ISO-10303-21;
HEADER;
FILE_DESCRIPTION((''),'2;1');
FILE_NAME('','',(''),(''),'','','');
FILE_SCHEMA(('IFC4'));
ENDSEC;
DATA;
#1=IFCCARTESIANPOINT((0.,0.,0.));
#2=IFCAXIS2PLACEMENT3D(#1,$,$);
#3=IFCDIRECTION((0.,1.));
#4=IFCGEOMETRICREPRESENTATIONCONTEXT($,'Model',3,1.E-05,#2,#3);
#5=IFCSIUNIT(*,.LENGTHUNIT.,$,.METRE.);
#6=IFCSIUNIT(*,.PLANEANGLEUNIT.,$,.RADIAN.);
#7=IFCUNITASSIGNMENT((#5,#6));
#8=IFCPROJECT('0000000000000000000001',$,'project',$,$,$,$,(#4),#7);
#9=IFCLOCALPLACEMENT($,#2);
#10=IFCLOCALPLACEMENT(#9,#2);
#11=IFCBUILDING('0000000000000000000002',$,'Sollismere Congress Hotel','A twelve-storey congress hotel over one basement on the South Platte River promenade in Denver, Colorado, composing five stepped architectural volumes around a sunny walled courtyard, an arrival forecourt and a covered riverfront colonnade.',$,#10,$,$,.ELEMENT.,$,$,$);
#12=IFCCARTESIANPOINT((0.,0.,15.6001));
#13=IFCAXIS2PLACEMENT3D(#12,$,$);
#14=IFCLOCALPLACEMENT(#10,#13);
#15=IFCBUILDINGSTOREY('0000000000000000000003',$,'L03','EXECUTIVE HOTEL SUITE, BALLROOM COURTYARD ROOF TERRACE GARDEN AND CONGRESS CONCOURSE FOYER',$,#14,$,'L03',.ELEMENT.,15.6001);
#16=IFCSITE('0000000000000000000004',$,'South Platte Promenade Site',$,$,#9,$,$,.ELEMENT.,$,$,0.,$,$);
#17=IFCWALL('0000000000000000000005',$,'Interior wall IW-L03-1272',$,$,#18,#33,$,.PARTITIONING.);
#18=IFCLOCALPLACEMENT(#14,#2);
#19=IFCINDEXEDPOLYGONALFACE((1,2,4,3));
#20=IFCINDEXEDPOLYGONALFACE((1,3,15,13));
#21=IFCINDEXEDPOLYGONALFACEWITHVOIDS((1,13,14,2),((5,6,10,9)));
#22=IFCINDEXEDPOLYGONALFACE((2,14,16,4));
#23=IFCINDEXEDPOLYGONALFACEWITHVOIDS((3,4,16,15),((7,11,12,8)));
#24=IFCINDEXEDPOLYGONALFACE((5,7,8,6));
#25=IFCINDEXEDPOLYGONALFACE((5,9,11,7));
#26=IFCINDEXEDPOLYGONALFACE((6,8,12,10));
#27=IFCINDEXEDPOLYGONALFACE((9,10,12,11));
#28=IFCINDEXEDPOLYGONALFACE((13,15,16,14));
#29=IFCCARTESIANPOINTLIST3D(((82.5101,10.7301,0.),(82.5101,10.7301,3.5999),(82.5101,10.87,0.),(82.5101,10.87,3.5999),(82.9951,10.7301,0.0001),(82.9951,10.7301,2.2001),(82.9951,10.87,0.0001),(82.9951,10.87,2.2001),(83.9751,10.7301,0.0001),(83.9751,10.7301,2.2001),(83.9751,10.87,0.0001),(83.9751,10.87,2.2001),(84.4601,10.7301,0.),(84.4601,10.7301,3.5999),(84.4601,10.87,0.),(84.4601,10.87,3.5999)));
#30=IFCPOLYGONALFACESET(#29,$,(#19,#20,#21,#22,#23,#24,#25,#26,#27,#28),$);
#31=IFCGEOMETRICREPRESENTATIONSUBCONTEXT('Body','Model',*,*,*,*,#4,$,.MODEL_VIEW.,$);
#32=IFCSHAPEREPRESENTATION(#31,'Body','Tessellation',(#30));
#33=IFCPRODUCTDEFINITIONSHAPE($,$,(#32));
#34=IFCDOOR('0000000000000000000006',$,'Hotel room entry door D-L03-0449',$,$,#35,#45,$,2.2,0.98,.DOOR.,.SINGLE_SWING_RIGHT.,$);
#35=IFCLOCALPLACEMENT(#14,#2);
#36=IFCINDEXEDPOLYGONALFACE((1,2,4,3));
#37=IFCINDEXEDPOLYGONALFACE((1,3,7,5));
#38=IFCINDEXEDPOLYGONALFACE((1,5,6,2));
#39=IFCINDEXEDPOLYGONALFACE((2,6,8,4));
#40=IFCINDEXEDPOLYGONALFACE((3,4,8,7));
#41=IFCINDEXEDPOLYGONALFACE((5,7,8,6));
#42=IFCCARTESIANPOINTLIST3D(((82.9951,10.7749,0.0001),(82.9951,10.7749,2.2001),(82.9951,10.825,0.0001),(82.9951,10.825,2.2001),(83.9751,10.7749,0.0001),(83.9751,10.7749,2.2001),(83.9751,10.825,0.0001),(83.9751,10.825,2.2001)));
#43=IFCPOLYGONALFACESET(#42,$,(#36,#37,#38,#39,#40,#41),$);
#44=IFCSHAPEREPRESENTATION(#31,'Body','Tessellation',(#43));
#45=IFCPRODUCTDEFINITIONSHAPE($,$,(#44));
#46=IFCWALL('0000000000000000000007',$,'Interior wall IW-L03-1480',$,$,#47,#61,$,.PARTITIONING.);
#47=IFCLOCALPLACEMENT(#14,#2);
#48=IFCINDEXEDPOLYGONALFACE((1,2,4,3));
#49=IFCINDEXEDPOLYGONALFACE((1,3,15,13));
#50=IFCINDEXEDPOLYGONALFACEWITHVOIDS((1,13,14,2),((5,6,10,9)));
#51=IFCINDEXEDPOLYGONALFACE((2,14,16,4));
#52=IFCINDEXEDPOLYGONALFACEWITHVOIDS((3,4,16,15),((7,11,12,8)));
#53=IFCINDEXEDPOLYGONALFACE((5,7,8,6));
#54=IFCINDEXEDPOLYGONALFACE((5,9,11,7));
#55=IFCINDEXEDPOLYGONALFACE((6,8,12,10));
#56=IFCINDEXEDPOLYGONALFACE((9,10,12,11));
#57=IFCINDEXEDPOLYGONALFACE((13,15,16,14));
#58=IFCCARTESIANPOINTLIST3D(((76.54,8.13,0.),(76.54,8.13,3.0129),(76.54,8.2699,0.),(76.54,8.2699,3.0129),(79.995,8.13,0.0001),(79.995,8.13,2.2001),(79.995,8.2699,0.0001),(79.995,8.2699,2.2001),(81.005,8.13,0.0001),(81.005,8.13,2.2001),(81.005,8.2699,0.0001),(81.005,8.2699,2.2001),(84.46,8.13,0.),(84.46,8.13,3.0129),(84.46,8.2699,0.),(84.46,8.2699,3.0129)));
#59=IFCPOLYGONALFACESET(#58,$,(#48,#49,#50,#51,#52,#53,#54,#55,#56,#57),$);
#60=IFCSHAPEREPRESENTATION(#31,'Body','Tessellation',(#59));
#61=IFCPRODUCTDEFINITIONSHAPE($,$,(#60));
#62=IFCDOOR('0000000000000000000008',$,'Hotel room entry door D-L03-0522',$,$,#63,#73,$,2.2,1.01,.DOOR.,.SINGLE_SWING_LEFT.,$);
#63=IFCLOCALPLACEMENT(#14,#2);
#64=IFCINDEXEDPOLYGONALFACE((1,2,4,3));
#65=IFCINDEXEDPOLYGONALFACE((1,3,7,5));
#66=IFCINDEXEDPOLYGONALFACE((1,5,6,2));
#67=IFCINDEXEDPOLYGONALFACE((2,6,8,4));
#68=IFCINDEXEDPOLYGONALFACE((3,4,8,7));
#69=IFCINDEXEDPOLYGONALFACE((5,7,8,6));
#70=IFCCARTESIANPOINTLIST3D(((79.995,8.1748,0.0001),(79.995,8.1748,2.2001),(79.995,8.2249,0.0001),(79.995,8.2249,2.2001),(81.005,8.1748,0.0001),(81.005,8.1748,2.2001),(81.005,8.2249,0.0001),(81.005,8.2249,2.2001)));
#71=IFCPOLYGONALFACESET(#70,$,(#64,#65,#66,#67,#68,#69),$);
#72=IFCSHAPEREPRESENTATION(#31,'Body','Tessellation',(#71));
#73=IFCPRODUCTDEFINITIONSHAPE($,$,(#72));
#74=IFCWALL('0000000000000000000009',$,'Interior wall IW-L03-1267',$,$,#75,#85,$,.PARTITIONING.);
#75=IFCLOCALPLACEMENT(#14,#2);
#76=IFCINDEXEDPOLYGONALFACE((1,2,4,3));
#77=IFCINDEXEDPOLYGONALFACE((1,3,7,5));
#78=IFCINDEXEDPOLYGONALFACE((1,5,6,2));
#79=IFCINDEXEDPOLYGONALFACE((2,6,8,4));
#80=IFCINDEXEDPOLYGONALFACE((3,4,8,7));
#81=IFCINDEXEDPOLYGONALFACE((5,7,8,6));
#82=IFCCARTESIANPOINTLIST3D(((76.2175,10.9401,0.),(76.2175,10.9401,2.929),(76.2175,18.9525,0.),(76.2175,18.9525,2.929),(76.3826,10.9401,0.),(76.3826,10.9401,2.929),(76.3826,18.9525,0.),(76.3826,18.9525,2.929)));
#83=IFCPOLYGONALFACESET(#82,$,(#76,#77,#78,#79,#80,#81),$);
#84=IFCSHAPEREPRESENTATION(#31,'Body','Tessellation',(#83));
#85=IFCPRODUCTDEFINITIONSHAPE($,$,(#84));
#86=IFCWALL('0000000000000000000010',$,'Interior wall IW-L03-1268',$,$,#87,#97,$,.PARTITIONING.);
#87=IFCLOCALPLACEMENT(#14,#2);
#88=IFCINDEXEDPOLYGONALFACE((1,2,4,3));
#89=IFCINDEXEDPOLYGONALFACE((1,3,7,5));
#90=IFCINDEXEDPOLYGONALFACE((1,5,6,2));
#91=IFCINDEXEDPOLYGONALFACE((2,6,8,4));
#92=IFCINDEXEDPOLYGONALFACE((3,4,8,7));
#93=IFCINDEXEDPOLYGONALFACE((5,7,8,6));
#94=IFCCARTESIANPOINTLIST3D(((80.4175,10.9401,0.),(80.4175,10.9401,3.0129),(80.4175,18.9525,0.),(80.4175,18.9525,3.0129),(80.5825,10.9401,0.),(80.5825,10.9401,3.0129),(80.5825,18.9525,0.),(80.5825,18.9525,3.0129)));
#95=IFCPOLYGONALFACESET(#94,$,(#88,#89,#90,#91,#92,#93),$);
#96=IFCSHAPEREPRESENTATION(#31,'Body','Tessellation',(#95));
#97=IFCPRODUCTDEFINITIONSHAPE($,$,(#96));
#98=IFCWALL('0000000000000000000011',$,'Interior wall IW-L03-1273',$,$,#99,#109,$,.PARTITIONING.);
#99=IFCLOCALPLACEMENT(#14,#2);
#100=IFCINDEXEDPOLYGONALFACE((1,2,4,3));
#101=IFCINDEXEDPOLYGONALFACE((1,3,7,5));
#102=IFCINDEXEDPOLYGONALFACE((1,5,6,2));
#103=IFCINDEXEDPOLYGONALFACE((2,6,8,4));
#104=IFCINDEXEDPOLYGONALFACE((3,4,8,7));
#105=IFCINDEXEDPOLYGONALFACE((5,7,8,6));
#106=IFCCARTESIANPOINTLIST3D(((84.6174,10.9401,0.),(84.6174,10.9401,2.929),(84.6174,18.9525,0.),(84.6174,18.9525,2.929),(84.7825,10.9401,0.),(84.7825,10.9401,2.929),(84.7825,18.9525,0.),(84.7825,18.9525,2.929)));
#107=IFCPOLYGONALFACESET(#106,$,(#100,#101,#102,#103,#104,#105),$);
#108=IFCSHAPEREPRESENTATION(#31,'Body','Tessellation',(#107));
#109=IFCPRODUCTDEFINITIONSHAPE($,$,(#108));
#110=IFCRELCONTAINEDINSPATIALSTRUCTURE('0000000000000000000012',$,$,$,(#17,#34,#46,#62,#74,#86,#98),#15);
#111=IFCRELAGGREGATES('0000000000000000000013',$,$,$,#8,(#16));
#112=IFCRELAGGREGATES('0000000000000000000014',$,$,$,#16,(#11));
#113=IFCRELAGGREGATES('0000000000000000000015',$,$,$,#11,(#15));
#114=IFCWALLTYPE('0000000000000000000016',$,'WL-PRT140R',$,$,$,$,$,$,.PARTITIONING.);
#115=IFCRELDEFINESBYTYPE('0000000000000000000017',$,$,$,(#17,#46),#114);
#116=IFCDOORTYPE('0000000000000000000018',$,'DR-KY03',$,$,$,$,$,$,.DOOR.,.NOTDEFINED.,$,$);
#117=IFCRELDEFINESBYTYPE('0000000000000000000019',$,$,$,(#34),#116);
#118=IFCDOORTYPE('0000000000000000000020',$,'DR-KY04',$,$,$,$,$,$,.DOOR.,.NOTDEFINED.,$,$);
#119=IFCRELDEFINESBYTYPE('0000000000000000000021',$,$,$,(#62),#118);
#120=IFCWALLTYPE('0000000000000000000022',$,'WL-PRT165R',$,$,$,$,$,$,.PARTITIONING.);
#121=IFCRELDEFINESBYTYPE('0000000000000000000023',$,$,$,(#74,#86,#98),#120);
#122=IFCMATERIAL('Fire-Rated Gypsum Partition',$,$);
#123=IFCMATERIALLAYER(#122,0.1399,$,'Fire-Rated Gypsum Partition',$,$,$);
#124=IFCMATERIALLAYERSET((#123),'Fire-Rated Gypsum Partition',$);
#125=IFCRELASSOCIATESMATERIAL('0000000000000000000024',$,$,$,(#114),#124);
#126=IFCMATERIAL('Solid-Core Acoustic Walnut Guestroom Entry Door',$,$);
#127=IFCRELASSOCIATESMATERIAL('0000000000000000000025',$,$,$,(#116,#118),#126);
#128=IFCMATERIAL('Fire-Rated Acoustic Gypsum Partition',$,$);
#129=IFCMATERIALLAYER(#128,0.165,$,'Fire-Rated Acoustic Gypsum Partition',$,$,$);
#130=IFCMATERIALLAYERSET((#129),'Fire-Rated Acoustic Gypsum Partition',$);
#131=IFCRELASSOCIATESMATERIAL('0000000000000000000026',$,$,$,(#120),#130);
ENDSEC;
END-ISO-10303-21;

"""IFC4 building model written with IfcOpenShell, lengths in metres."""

from ifc_helpers import new_model, si_unit, direction, frame, frame_2d, origin, place, context, subcontext, project, spatial, rectangle, extrude, material, layer, layer_set, type_object, element, fill, save


model = new_model("IFC4")

# Units and contexts
model_context = context("Model", 3, precision=1e-05, world=origin(), true_north=direction((0.0, 1.0)))
body_context = subcontext(model_context, "Body", "Model", "MODEL_VIEW")
ifc_project = project(units=[si_unit("LENGTHUNIT", "METRE"), si_unit("PLANEANGLEUNIT", "RADIAN")], contexts=[model_context])

# Site, building, storey
site_placement = place(None, origin())
site = spatial("IfcSite", under=ifc_project, at=site_placement, Name="South Platte Promenade Site", CompositionType="ELEMENT", RefElevation=0.0)
building_placement = place(site_placement, origin())
building = spatial("IfcBuilding", under=site, at=building_placement, Name="Sollismere Congress Hotel", Description="A twelve-storey congress hotel over one basement on the South Platte River promenade in Denver, Colorado, composing five stepped architectural volumes around a sunny walled courtyard, an arrival forecourt and a covered riverfront colonnade.", CompositionType="ELEMENT")
storey_placement = place(building_placement, frame((0.0, 0.0, 15.6001)))
storey = spatial("IfcBuildingStorey", under=building, at=storey_placement, Name="L03", Description="EXECUTIVE HOTEL SUITE, BALLROOM COURTYARD ROOF TERRACE GARDEN AND CONGRESS CONCOURSE FOYER", LongName="L03", CompositionType="ELEMENT", Elevation=15.6001)

# Shared definitions
ifc_material_1 = material(Name="Fire-Rated Gypsum Partition")
ifc_layer_1 = layer(ifc_material_1, 0.1399, Name="Fire-Rated Gypsum Partition")
ifc_layer_set_1 = layer_set([ifc_layer_1], Name="Fire-Rated Gypsum Partition")
wall_type_1 = type_object("IfcWallType", Name="WL-PRT140R", PredefinedType="PARTITIONING", material=ifc_layer_set_1)

# Shared definitions
ifc_material_2 = material(Name="Solid-Core Acoustic Walnut Guestroom Entry Door")

# Walls, openings, doors
wall_1_placement = place(storey_placement, frame((82.51, 10.8, 0.0), z_axis=(0.0, 0.0, 1.0), x_axis=(1.0, 0.0, 0.0)))
wall_1 = element("IfcWall", 1, at=wall_1_placement, inside=storey, type_object=wall_type_1, Name="Interior wall IW-L03-1272", PredefinedType="PARTITIONING", context=body_context, shape_type="SweptSolid", body=[
    extrude(rectangle(XDim=1.95, YDim=0.1399, at=frame_2d((0.9751, 0.0))), origin(), (0.0, 0.0, 1.0), 3.5999),
])
opening_1_placement = place(wall_1_placement, frame((0.4851, 0.0, 0.0)))
opening_1 = element("IfcOpeningElement", 2, at=opening_1_placement, cuts=wall_1, PredefinedType="OPENING", context=body_context, shape_type="SweptSolid", body=[
    extrude(rectangle(XDim=0.98, YDim=2.2, at=frame_2d((0.49, 1.1001))), frame((0.0, 0.0798, 0.0), z_axis=(0.0, -1.0, 0.0), x_axis=(1.0, 0.0, 0.0)), (0.0, 0.0, 1.0), 0.1599),
])
door_type_1 = type_object("IfcDoorType", Name="DR-KY03", OperationType="NOTDEFINED", PredefinedType="DOOR", material=ifc_material_2)
door_1_placement = place(opening_1_placement, origin())
door_1 = element("IfcDoor", 3, at=door_1_placement, inside=storey, type_object=door_type_1, Name="Hotel room entry door D-L03-0449", OperationType="SINGLE_SWING_RIGHT", OverallHeight=2.2, OverallWidth=0.98, PredefinedType="DOOR", context=body_context, shape_type="SweptSolid", body=[
    extrude(rectangle(XDim=0.98, YDim=2.2, at=frame_2d((0.49, 1.1001))), frame((0.0, 0.0249, 0.0), z_axis=(0.0, -1.0, 0.0), x_axis=(1.0, 0.0, 0.0)), (0.0, 0.0, 1.0), 0.05),
])
fill(opening_1, door_1)
wall_2_placement = place(storey_placement, frame((76.54, 8.2, 0.0), z_axis=(0.0, 0.0, 1.0), x_axis=(1.0, 0.0, 0.0)))
wall_2 = element("IfcWall", 4, at=wall_2_placement, inside=storey, type_object=wall_type_1, Name="Interior wall IW-L03-1480", PredefinedType="PARTITIONING", context=body_context, shape_type="SweptSolid", body=[
    extrude(rectangle(XDim=7.9199, YDim=0.1399, at=frame_2d((3.96, 0.0))), origin(), (0.0, 0.0, 1.0), 3.0129),
])
opening_2_placement = place(wall_2_placement, frame((3.4551, 0.0, 0.0)))
opening_2 = element("IfcOpeningElement", 5, at=opening_2_placement, cuts=wall_2, PredefinedType="OPENING", context=body_context, shape_type="SweptSolid", body=[
    extrude(rectangle(XDim=1.01, YDim=2.2, at=frame_2d((0.5049, 1.1001))), frame((0.0, 0.0798, 0.0), z_axis=(0.0, -1.0, 0.0), x_axis=(1.0, 0.0, 0.0)), (0.0, 0.0, 1.0), 0.1599),
])
door_type_2 = type_object("IfcDoorType", Name="DR-KY04", OperationType="NOTDEFINED", PredefinedType="DOOR", material=ifc_material_2)
door_2_placement = place(opening_2_placement, origin())
door_2 = element("IfcDoor", 6, at=door_2_placement, inside=storey, type_object=door_type_2, Name="Hotel room entry door D-L03-0522", OperationType="SINGLE_SWING_LEFT", OverallHeight=2.2, OverallWidth=1.01, PredefinedType="DOOR", context=body_context, shape_type="SweptSolid", body=[
    extrude(rectangle(XDim=1.01, YDim=2.2, at=frame_2d((0.5049, 1.1001))), frame((0.0, 0.0249, 0.0), z_axis=(0.0, -1.0, 0.0), x_axis=(1.0, 0.0, 0.0)), (0.0, 0.0, 1.0), 0.05),
])
fill(opening_2, door_2)

# Walls
ifc_material_3 = material(Name="Fire-Rated Acoustic Gypsum Partition")
ifc_layer_2 = layer(ifc_material_3, 0.165, Name="Fire-Rated Acoustic Gypsum Partition")
ifc_layer_set_2 = layer_set([ifc_layer_2], Name="Fire-Rated Acoustic Gypsum Partition")
wall_type_2 = type_object("IfcWallType", Name="WL-PRT165R", PredefinedType="PARTITIONING", material=ifc_layer_set_2)
wall_3_placement = place(storey_placement, frame((76.3, 10.9399, 0.0), z_axis=(0.0, 0.0, 1.0), x_axis=(0.0, 1.0, 0.0)))
element("IfcWall", 7, at=wall_3_placement, inside=storey, type_object=wall_type_2, Name="Interior wall IW-L03-1267", PredefinedType="PARTITIONING", context=body_context, shape_type="SweptSolid", body=[
    extrude(rectangle(XDim=8.0125, YDim=0.165, at=frame_2d((4.0063, 0.0))), origin(), (0.0, 0.0, 1.0), 2.929),
])
wall_4_placement = place(storey_placement, frame((80.5, 10.9399, 0.0), z_axis=(0.0, 0.0, 1.0), x_axis=(0.0, 1.0, 0.0)))
element("IfcWall", 8, at=wall_4_placement, inside=storey, type_object=wall_type_2, Name="Interior wall IW-L03-1268", PredefinedType="PARTITIONING", context=body_context, shape_type="SweptSolid", body=[
    extrude(rectangle(XDim=8.0125, YDim=0.165, at=frame_2d((4.0063, 0.0))), origin(), (0.0, 0.0, 1.0), 3.0129),
])
wall_5_placement = place(storey_placement, frame((84.7, 10.9399, 0.0), z_axis=(0.0, 0.0, 1.0), x_axis=(0.0, 1.0, 0.0)))
element("IfcWall", 9, at=wall_5_placement, inside=storey, type_object=wall_type_2, Name="Interior wall IW-L03-1273", PredefinedType="PARTITIONING", context=body_context, shape_type="SweptSolid", body=[
    extrude(rectangle(XDim=8.0125, YDim=0.165, at=frame_2d((4.0063, 0.0))), origin(), (0.0, 0.0, 1.0), 2.929),
])

save(model, "model.ifc")
